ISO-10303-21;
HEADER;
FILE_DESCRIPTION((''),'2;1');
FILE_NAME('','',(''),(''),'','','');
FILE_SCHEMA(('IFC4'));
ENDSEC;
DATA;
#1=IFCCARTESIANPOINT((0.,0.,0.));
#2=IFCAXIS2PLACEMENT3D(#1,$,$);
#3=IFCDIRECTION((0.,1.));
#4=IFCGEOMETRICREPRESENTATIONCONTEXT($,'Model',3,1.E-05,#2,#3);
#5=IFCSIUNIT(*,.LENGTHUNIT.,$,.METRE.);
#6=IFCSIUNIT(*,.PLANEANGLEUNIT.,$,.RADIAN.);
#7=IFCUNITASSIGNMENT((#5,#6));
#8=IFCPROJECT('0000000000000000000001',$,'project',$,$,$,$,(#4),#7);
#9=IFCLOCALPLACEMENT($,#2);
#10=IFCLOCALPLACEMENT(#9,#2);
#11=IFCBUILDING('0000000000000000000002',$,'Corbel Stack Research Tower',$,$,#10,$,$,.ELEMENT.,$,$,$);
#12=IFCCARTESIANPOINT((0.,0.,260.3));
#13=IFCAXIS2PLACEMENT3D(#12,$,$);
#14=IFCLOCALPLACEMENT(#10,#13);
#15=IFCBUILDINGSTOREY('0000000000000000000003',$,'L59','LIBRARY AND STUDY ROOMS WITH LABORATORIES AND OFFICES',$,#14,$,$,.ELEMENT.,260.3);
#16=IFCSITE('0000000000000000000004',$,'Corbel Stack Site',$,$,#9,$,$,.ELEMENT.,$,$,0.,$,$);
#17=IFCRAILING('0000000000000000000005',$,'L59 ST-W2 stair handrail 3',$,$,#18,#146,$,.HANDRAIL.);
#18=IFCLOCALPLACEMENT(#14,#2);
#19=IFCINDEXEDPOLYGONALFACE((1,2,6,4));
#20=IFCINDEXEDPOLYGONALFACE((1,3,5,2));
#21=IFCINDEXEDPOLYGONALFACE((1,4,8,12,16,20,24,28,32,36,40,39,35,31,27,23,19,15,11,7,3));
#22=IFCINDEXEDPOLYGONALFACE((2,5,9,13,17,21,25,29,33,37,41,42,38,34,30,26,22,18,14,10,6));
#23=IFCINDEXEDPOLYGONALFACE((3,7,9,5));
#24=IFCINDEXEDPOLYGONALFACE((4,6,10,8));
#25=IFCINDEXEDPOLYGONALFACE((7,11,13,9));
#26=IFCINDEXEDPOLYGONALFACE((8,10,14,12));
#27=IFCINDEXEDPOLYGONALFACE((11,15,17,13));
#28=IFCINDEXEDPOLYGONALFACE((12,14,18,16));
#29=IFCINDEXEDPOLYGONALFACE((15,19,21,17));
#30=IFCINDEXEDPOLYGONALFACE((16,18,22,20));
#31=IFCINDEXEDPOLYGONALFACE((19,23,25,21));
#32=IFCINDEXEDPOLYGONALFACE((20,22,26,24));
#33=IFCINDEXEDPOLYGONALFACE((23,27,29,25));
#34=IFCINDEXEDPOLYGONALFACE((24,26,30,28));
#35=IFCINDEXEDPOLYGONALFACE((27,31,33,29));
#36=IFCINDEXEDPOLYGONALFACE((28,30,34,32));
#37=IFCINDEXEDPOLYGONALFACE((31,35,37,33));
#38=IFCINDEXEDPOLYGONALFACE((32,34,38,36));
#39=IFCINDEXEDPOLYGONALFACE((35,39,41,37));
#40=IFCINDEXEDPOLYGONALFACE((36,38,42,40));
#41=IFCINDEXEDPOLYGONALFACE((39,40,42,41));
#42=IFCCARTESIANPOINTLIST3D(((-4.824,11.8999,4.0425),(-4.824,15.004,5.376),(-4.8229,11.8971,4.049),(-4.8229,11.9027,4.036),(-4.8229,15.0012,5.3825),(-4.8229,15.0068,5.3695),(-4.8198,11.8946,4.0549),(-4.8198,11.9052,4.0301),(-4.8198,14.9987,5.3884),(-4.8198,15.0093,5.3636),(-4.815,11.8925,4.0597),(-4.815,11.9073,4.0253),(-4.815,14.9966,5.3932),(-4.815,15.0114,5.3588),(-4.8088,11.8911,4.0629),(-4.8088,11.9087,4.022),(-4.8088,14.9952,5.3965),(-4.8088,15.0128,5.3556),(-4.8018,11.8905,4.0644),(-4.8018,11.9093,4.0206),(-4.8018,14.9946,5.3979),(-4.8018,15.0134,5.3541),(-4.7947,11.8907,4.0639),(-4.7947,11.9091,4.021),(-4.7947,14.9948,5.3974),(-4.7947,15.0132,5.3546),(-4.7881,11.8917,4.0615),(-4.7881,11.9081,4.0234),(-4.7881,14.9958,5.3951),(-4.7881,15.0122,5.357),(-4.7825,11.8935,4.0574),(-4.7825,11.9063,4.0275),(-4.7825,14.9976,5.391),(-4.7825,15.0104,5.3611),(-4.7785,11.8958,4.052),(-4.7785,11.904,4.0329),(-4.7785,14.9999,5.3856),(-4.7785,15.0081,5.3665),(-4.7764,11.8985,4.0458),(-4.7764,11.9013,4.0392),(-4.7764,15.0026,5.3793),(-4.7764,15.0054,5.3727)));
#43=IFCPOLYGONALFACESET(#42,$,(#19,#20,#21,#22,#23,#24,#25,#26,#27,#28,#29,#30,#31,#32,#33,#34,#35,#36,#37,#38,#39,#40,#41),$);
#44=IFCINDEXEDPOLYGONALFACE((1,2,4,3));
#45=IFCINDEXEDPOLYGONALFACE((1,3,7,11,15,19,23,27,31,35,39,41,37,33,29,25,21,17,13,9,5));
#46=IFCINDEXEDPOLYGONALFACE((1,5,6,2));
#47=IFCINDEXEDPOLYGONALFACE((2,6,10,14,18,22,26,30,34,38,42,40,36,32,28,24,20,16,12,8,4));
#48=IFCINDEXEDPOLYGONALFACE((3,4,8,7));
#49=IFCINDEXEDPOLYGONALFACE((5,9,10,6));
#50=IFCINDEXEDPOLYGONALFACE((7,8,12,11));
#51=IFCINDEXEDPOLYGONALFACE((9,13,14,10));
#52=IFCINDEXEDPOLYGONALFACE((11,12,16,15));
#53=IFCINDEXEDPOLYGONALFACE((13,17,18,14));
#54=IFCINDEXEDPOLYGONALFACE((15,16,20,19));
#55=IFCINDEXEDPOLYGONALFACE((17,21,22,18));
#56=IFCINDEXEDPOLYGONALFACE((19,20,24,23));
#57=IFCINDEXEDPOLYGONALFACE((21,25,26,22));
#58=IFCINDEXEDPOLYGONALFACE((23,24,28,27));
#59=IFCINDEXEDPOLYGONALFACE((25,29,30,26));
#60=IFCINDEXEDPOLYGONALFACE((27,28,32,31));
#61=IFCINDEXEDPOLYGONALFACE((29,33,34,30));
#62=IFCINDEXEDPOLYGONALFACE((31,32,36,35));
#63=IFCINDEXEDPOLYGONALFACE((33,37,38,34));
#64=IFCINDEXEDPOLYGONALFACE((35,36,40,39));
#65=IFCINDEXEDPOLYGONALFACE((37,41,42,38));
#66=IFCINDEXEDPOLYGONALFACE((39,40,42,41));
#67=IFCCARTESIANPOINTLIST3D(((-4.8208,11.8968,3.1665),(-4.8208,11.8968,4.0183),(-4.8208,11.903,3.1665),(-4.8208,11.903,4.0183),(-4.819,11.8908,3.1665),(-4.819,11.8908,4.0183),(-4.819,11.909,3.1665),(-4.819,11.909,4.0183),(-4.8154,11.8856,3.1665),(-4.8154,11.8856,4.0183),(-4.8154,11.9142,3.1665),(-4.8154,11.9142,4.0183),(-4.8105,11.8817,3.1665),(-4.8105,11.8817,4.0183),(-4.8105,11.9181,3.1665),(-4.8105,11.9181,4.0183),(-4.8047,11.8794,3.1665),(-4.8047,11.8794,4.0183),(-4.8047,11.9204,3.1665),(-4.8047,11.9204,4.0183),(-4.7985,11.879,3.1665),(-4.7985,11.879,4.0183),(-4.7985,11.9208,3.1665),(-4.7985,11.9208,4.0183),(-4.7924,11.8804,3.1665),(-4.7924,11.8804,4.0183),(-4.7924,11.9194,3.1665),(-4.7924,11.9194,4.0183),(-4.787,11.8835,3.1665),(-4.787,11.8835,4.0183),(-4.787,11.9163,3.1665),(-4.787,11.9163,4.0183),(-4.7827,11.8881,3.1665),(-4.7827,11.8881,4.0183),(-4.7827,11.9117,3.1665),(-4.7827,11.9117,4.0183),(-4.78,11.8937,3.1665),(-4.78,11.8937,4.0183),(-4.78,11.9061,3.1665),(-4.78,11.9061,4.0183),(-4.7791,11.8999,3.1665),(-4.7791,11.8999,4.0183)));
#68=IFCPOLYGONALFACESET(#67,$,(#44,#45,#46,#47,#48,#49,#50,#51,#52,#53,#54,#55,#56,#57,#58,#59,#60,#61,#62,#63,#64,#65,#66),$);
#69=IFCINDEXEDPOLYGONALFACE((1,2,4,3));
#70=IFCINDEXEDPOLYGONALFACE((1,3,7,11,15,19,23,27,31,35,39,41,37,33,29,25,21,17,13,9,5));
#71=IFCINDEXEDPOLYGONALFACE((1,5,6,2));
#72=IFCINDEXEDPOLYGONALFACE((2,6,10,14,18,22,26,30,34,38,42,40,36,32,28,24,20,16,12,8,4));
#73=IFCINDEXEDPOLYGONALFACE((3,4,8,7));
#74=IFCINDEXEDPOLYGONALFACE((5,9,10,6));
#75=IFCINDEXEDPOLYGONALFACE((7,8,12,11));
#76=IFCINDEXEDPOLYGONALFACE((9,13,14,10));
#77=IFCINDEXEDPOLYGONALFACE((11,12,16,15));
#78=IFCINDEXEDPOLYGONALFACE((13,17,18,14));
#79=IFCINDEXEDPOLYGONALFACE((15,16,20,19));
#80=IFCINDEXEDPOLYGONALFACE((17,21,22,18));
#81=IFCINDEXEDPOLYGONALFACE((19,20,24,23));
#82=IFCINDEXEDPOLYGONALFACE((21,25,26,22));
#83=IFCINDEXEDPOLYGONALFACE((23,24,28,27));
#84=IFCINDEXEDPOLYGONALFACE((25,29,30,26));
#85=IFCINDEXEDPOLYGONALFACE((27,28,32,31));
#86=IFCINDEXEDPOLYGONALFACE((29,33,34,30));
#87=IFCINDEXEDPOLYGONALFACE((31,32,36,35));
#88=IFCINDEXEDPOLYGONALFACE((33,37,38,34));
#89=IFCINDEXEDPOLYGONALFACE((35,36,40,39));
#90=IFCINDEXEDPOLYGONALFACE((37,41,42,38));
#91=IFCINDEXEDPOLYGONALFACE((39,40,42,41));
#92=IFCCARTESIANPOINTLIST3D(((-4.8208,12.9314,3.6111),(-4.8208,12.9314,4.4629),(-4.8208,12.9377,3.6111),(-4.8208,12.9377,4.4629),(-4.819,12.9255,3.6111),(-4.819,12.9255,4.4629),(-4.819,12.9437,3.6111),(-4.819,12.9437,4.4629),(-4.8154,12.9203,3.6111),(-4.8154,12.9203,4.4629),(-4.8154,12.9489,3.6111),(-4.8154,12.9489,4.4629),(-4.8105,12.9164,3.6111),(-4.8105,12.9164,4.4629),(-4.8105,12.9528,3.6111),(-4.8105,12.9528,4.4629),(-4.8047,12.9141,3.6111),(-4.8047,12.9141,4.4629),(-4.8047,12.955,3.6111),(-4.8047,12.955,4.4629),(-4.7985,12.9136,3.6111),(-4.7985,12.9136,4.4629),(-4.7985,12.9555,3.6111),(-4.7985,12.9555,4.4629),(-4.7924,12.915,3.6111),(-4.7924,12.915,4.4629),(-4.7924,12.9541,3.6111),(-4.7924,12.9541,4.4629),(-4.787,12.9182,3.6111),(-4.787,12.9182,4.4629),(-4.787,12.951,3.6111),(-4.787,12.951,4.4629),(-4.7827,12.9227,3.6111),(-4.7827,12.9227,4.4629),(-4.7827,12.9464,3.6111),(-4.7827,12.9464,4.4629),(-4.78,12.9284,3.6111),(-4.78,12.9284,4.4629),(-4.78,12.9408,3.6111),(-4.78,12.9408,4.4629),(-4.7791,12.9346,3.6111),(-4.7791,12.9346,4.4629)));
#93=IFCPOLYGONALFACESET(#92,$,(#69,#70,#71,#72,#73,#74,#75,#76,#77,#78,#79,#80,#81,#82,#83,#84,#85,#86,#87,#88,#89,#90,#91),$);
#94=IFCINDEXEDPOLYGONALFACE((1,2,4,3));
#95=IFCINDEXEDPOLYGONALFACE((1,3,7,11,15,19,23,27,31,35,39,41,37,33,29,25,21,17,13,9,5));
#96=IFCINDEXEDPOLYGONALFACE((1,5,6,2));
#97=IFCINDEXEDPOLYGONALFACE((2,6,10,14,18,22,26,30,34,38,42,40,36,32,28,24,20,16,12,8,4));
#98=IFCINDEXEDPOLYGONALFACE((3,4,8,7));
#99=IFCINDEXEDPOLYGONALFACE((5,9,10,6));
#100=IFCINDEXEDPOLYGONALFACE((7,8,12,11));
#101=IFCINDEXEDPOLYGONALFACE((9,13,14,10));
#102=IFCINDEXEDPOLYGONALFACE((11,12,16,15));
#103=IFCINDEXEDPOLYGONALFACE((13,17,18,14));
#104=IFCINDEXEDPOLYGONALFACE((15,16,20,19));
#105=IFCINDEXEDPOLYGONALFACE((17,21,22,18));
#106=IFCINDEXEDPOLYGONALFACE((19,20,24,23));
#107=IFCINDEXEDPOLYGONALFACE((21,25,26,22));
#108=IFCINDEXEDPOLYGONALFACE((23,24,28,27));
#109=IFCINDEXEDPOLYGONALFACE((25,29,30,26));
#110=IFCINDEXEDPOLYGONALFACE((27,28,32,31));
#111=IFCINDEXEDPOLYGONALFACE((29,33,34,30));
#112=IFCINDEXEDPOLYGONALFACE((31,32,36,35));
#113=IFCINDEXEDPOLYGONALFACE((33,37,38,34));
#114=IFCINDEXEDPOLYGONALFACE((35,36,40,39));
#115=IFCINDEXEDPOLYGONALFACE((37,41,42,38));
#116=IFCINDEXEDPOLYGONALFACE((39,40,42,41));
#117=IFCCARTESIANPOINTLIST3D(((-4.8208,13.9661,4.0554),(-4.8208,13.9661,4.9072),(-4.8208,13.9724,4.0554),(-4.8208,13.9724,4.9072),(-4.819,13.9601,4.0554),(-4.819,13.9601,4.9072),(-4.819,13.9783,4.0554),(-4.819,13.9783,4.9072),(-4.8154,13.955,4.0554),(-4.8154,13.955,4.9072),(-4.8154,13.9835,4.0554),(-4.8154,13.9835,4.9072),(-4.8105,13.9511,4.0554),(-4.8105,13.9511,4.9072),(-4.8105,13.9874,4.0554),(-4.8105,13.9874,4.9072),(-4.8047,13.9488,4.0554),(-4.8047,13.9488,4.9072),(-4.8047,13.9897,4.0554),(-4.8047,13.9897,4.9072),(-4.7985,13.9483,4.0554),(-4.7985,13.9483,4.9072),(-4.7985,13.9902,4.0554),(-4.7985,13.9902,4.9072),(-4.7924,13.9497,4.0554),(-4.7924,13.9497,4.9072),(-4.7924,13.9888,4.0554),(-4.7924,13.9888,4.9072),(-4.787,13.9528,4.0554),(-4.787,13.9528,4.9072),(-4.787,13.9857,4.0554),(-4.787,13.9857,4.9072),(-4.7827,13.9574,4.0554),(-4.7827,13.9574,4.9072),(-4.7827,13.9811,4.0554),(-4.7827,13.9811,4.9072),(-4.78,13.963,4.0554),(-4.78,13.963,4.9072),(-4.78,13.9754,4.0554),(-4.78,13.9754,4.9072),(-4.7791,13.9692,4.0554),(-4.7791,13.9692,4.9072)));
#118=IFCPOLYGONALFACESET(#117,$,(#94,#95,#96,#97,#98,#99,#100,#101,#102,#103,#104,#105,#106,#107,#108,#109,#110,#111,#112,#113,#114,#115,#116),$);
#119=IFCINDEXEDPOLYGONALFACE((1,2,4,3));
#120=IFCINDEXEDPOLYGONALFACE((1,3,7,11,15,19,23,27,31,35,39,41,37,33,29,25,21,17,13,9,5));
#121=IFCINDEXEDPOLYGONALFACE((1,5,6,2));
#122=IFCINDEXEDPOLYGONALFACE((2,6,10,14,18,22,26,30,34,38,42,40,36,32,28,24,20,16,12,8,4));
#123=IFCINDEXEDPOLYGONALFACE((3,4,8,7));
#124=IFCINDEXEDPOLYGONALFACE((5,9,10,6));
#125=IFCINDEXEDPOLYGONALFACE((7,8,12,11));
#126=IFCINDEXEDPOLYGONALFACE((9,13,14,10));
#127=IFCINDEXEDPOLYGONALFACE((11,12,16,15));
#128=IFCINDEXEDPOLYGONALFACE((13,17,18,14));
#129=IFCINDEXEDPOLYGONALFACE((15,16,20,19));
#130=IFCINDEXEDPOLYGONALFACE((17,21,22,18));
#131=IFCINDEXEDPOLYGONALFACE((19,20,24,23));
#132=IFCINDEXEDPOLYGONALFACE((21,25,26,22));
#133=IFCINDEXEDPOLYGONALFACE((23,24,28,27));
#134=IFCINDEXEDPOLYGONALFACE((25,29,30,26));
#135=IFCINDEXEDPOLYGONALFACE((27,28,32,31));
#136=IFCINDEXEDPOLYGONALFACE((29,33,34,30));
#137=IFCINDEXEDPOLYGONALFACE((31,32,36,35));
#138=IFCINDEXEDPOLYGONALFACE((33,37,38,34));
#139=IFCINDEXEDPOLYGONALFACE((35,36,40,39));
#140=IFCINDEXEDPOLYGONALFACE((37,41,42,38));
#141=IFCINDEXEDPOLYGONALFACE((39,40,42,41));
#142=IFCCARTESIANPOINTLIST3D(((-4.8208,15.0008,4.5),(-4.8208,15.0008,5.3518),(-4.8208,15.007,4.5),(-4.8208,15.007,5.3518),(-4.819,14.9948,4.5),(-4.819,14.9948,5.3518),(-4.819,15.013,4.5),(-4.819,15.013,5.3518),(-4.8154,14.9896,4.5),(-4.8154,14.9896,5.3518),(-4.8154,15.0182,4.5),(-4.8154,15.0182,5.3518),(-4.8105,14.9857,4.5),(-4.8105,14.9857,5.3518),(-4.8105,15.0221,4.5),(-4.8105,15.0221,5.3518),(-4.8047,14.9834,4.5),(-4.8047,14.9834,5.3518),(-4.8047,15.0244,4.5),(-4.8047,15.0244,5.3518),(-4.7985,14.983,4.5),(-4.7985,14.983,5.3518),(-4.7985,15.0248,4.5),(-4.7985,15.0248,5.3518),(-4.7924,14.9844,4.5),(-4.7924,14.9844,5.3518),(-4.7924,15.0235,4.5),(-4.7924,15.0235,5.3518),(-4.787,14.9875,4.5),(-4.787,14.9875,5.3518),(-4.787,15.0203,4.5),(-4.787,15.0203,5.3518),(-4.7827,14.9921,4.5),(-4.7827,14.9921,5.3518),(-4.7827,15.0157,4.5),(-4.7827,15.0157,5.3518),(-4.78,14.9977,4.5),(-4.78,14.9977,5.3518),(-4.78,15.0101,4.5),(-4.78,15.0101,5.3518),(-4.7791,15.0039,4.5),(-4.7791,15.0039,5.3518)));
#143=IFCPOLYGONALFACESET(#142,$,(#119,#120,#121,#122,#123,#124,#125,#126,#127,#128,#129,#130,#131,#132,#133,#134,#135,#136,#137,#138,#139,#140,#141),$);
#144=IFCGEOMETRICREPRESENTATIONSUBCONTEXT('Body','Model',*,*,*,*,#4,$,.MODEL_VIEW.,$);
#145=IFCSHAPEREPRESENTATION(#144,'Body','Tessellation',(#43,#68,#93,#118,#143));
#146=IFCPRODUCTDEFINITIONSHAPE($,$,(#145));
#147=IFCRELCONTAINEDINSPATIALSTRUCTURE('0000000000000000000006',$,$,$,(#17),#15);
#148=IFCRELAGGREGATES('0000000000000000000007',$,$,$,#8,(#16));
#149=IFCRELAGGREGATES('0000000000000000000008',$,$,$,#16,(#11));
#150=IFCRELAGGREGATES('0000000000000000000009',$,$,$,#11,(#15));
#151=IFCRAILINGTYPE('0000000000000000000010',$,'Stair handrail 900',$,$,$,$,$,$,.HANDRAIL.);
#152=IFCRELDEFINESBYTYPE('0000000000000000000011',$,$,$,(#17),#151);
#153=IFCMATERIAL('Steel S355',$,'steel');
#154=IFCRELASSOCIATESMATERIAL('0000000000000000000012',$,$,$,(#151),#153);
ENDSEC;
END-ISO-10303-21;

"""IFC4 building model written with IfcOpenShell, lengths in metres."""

from ifc_helpers import new_model, si_unit, direction, frame, origin, origin_2d, place, context, subcontext, project, spatial, circle, extrude, material, type_object, element, save


model = new_model("IFC4")

# Units and contexts
model_context = context("Model", 3, precision=1e-05, world=origin(), true_north=direction((0.0, 1.0)))
body_context = subcontext(model_context, "Body", "Model", "MODEL_VIEW")
ifc_project = project(units=[si_unit("LENGTHUNIT", "METRE"), si_unit("PLANEANGLEUNIT", "RADIAN")], contexts=[model_context])

# Site, building, storey
site_placement = place(None, origin())
site = spatial("IfcSite", under=ifc_project, at=site_placement, Name="Corbel Stack Site", CompositionType="ELEMENT", RefElevation=0.0)
building_placement = place(site_placement, origin())
building = spatial("IfcBuilding", under=site, at=building_placement, Name="Corbel Stack Research Tower", CompositionType="ELEMENT")
storey_placement = place(building_placement, frame((0.0, 0.0, 260.3)))
storey = spatial("IfcBuildingStorey", under=building, at=storey_placement, Name="L59", Description="LIBRARY AND STUDY ROOMS WITH LABORATORIES AND OFFICES", CompositionType="ELEMENT", Elevation=260.3)

# Railing
ifc_material_1 = material(Name="Steel S355", Category="steel")
railing_type_1 = type_object("IfcRailingType", Name="Stair handrail 900", PredefinedType="HANDRAIL", material=ifc_material_1)
for number, where, name in (
    (1, (-4.8, 11.8999, 3.1665), "L59 ST-W2 stair handrail 3"),
):
    element("IfcRailing", number, at=place(storey_placement, frame(where)), inside=storey, type_object=railing_type_1, Name=name, PredefinedType="HANDRAIL", context=body_context, shape_type="SweptSolid", body=[
        extrude(circle(Radius=0.0239, at=origin_2d()), frame((0.0, 0.0, 0.876), z_axis=(0.0, 0.918801, 0.394722), x_axis=(-1.0, 0.0, 0.0)), (0.0, 0.0, 1.0), 3.3784),
        extrude(circle(Radius=0.021, at=origin_2d()), origin(), (0.0, 0.0, 1.0), 0.8518),
        extrude(circle(Radius=0.021, at=origin_2d()), frame((0.0, 1.0347, 0.4446)), (0.0, 0.0, 1.0), 0.8518),
        extrude(circle(Radius=0.021, at=origin_2d()), frame((0.0, 2.0693, 0.8889)), (0.0, 0.0, 1.0), 0.8518),
        extrude(circle(Radius=0.021, at=origin_2d()), frame((0.0, 3.104, 1.3335)), (0.0, 0.0, 1.0), 0.8518),
    ])

save(model, "model.ifc")
